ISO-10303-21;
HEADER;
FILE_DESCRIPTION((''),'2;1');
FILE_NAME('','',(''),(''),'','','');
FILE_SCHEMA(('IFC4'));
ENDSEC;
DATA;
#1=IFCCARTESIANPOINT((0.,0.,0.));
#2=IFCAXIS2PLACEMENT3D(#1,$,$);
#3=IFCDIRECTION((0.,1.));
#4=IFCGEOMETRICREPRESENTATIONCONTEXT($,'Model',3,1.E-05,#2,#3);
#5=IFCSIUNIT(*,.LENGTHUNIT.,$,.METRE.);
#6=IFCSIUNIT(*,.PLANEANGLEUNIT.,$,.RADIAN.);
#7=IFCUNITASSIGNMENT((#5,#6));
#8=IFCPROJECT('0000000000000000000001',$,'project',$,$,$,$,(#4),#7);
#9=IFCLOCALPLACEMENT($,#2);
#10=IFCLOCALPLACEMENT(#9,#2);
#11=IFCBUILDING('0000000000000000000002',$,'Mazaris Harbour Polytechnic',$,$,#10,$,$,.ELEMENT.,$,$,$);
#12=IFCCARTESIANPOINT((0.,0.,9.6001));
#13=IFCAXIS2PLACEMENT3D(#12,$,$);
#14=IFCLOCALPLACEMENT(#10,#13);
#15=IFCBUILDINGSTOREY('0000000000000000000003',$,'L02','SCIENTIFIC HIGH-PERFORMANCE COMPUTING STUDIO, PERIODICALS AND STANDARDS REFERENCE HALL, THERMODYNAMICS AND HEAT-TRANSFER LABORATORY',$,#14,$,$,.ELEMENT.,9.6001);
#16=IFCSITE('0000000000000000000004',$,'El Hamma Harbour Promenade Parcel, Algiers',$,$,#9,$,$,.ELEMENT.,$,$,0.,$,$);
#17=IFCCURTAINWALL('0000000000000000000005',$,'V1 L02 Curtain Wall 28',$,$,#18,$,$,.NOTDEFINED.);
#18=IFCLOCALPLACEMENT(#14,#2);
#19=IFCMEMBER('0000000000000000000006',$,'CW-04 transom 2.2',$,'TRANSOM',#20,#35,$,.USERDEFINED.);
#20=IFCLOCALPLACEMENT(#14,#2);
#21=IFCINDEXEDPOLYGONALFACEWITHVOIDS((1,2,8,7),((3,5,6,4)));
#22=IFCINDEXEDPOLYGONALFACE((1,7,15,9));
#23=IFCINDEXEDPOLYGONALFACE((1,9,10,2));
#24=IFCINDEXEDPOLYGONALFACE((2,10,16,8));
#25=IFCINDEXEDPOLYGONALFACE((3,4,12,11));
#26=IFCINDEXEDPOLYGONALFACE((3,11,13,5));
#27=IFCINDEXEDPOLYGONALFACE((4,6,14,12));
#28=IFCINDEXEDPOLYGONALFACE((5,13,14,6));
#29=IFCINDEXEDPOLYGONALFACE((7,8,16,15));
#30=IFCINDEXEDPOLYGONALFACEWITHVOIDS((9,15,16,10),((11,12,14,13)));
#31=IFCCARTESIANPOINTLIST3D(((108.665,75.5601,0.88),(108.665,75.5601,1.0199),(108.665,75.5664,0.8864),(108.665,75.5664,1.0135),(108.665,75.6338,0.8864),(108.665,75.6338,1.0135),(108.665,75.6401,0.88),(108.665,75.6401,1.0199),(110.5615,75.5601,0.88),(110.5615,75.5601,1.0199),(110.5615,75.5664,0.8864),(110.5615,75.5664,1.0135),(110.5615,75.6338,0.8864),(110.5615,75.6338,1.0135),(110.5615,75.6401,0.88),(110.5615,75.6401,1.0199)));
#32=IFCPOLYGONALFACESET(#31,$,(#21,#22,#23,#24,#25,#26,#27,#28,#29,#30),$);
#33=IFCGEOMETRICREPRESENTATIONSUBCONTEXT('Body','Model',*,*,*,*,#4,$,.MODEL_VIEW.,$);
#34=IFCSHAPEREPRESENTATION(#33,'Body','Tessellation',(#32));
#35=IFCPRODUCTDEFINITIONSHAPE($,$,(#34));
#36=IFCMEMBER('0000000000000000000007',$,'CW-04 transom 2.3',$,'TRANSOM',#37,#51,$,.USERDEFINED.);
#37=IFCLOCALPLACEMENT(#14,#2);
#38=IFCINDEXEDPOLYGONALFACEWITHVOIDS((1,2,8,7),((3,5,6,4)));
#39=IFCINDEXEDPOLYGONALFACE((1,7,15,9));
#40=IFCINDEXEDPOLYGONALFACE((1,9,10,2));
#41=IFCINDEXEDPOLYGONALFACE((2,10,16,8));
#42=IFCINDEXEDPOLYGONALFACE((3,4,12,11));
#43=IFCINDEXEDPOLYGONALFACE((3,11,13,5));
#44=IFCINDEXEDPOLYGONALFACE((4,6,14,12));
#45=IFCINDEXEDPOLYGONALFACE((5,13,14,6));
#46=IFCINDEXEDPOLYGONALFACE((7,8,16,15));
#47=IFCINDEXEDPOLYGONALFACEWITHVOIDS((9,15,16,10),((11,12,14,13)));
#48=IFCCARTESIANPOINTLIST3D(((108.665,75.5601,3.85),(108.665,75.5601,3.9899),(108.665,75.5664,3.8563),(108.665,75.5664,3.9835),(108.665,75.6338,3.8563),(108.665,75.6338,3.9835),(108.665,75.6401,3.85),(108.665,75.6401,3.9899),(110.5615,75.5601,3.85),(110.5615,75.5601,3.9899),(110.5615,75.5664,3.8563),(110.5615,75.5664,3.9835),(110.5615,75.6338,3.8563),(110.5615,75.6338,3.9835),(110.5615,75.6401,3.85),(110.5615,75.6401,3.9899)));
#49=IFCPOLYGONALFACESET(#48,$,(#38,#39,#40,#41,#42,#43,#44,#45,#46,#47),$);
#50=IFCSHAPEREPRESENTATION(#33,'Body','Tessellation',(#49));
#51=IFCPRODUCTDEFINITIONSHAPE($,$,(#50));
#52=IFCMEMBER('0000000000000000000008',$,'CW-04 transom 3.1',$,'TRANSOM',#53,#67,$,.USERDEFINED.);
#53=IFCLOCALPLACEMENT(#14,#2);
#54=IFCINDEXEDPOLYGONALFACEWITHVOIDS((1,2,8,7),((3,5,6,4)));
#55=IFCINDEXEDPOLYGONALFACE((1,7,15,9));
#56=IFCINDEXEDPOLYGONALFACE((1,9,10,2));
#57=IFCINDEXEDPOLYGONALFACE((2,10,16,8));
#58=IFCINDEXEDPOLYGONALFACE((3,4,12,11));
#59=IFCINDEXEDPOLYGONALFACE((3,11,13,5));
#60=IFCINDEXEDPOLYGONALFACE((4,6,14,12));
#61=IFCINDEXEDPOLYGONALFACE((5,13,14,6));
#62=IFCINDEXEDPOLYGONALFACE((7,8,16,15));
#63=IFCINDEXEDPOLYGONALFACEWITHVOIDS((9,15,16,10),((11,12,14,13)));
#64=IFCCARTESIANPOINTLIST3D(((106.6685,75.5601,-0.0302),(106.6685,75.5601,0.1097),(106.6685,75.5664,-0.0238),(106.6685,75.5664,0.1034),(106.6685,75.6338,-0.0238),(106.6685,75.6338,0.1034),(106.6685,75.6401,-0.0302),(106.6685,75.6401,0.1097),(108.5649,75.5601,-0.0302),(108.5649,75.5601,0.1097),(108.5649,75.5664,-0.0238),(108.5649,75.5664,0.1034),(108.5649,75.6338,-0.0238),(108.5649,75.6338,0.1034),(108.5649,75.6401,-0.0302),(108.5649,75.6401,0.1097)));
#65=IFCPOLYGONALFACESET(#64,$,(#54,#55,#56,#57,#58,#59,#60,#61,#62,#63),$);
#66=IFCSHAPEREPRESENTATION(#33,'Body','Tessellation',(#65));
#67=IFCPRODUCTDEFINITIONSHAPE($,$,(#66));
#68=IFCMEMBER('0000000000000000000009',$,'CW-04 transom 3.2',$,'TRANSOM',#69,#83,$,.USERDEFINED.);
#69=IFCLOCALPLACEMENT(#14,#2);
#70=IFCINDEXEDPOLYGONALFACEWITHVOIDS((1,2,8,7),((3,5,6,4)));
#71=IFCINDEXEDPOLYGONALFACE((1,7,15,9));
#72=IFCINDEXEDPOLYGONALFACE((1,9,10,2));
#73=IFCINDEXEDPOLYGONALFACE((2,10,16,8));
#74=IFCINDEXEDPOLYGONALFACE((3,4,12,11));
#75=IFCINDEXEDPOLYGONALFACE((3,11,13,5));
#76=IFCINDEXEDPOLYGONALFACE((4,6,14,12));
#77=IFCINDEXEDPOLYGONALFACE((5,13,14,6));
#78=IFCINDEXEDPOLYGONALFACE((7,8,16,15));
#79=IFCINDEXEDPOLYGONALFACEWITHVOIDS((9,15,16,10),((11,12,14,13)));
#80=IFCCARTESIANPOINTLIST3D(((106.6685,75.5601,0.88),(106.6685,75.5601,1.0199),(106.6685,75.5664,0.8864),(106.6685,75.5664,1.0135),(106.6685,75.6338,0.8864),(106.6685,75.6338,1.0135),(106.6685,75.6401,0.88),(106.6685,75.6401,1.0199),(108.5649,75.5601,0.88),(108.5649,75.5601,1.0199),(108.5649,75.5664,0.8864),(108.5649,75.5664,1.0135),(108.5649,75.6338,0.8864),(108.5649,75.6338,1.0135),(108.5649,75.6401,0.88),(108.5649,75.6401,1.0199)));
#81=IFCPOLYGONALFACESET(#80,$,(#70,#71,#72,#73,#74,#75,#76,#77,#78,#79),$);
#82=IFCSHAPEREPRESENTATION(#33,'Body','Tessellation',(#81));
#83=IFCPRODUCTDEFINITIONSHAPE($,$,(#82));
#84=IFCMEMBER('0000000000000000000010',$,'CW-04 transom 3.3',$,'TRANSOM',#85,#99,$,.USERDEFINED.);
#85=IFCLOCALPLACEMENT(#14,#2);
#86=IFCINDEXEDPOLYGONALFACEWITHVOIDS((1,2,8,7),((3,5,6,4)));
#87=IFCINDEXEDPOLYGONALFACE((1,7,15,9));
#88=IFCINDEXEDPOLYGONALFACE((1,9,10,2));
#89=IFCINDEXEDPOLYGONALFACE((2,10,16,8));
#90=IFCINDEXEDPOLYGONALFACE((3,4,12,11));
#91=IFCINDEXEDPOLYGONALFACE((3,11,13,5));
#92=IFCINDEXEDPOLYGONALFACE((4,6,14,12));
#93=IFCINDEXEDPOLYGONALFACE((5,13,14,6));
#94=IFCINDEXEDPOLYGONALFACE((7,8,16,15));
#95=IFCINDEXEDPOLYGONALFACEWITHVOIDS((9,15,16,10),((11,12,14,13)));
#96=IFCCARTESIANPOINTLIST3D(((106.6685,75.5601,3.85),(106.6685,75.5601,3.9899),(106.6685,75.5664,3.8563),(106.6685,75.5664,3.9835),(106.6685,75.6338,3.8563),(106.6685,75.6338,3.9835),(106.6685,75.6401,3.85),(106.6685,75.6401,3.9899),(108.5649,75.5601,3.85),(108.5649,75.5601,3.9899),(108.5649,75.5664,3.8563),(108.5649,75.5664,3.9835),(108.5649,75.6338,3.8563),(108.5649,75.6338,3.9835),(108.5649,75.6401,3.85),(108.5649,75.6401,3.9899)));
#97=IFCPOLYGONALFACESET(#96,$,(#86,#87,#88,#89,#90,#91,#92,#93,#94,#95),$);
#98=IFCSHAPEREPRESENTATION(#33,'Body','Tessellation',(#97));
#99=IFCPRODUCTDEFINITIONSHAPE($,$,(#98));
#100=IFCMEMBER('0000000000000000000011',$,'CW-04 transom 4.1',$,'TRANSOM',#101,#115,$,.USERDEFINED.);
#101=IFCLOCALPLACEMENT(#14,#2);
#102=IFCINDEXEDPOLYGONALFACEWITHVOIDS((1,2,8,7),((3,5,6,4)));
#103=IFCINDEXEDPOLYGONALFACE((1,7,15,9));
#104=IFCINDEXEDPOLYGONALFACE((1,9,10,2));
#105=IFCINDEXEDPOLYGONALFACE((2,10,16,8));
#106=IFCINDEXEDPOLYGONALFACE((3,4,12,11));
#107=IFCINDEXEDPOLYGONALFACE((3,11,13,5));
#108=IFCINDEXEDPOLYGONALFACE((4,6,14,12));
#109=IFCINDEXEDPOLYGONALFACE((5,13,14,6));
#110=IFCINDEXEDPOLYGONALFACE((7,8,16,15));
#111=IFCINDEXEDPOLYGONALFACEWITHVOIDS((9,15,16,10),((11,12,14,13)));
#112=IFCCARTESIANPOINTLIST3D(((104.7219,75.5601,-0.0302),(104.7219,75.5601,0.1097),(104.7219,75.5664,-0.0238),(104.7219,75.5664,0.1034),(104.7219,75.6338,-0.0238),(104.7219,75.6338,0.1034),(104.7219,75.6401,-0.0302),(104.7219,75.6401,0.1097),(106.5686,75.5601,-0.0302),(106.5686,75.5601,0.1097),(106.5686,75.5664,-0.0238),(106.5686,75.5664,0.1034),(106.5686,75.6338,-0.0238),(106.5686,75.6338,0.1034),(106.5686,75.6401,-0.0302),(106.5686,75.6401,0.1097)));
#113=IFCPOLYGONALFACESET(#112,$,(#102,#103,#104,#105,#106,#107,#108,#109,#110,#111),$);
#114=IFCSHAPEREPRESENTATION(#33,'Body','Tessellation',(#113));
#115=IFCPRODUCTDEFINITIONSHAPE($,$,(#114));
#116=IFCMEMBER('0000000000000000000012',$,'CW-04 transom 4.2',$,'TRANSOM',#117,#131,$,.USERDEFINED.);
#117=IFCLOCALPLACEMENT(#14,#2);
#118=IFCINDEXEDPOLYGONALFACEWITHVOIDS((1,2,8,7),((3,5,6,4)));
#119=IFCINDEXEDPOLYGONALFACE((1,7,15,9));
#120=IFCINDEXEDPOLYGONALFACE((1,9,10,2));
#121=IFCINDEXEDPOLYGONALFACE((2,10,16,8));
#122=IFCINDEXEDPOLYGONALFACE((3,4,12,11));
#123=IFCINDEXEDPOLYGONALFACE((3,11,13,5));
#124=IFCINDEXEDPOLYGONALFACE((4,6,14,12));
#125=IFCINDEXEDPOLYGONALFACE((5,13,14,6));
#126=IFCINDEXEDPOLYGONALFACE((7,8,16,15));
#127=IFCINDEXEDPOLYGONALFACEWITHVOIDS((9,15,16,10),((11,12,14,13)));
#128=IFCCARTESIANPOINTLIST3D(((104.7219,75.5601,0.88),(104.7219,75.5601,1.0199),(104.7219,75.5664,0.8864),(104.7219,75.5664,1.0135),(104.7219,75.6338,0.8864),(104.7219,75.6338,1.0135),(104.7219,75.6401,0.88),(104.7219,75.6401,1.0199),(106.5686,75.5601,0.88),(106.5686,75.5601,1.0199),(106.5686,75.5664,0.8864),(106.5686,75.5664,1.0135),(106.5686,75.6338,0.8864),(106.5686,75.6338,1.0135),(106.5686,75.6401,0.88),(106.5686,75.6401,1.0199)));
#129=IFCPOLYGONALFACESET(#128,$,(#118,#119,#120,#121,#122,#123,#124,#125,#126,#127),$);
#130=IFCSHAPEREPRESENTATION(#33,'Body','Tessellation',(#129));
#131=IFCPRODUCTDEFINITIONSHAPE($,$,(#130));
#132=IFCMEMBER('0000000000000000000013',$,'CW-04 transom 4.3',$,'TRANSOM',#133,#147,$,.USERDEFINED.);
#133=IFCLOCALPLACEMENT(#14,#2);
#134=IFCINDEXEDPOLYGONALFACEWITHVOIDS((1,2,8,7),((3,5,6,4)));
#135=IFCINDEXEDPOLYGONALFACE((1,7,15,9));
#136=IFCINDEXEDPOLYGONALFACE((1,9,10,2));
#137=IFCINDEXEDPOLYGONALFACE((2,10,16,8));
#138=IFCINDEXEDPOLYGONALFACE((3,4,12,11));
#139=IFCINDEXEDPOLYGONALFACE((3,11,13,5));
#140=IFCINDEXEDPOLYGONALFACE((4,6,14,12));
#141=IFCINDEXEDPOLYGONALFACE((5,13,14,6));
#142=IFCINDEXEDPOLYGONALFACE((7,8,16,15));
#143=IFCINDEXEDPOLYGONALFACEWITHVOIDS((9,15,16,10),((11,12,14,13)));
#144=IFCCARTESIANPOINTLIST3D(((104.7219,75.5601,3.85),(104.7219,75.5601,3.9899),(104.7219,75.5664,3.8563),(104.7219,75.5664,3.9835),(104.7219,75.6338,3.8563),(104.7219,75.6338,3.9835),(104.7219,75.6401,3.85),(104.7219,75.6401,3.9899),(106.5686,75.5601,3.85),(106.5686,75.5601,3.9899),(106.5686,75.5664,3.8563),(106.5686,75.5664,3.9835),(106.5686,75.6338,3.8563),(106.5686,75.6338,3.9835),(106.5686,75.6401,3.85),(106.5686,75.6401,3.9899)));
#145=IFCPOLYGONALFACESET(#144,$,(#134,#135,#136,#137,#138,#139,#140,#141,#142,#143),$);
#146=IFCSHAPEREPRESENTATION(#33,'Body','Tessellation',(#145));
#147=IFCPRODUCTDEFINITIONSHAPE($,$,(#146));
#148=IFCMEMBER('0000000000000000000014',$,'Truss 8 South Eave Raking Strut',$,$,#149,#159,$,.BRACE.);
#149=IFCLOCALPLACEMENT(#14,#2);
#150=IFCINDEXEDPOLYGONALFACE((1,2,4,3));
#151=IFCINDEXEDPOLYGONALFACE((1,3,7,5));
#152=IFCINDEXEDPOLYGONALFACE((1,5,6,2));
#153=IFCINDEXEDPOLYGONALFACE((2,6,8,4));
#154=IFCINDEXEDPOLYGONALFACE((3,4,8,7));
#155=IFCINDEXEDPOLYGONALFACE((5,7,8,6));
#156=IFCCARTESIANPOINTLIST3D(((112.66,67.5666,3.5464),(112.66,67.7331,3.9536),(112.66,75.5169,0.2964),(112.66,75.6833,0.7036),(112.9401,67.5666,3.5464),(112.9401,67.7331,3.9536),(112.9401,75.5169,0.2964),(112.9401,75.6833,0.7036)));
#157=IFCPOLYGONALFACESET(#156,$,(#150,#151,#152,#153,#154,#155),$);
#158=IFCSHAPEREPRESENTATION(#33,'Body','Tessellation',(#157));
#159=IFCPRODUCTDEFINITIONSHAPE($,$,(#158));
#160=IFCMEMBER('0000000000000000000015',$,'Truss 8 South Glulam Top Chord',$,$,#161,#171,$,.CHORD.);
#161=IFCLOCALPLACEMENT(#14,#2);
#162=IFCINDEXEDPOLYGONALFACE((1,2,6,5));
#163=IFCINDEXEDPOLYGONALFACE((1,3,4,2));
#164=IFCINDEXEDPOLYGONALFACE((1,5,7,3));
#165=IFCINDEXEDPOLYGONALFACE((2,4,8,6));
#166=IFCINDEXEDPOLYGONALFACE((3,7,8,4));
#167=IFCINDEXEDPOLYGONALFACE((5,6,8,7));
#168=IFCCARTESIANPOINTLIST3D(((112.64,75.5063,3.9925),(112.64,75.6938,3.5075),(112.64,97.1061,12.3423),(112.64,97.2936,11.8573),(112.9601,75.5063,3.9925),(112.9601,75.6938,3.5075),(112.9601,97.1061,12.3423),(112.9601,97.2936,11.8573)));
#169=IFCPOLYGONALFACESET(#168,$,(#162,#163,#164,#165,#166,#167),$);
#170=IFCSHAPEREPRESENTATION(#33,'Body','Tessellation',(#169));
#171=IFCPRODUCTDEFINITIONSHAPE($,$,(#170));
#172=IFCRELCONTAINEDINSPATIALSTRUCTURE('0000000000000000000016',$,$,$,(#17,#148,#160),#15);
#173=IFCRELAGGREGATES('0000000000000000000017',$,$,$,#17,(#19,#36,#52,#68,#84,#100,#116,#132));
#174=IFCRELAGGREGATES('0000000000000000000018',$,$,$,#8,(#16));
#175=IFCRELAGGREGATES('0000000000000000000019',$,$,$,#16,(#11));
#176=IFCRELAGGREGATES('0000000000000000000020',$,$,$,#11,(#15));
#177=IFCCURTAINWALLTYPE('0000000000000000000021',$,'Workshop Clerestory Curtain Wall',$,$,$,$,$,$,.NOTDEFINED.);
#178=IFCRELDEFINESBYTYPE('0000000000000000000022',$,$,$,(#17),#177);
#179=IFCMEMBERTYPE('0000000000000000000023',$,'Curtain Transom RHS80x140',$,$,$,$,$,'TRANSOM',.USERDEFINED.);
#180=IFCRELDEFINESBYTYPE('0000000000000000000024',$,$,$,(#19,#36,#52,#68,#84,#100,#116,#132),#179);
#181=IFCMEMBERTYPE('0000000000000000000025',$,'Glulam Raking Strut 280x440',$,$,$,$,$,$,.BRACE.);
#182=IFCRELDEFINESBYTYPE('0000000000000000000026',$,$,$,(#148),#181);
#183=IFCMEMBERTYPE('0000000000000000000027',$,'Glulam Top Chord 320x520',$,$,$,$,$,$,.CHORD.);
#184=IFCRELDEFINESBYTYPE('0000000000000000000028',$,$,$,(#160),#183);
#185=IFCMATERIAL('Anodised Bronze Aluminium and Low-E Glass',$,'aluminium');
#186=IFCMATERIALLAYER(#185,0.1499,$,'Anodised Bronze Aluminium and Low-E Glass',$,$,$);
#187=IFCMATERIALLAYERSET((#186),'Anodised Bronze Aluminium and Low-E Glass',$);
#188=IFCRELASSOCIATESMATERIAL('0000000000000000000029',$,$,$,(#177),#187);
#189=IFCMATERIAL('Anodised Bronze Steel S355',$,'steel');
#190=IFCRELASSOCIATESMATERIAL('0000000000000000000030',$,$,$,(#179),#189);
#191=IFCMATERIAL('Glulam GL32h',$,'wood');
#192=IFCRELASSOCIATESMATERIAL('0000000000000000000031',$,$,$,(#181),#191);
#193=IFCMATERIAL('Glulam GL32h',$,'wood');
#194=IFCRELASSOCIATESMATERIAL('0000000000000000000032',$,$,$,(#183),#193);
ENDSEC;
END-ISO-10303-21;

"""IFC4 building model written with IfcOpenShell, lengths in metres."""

from ifc_helpers import new_model, si_unit, direction, frame, origin, origin_2d, place, context, subcontext, project, spatial, rectangle, hollow_rectangle, extrude, material, layer, layer_set, material_profile, profile_set, type_object, element, aggregate, save


model = new_model("IFC4")

# Units and contexts
model_context = context("Model", 3, precision=1e-05, world=origin(), true_north=direction((0.0, 1.0)))
body_context = subcontext(model_context, "Body", "Model", "MODEL_VIEW")
ifc_project = project(units=[si_unit("LENGTHUNIT", "METRE"), si_unit("PLANEANGLEUNIT", "RADIAN")], contexts=[model_context])

# Site, building, storey
site_placement = place(None, origin())
site = spatial("IfcSite", under=ifc_project, at=site_placement, Name="El Hamma Harbour Promenade Parcel, Algiers", CompositionType="ELEMENT", RefElevation=0.0)
building_placement = place(site_placement, origin())
building = spatial("IfcBuilding", under=site, at=building_placement, Name="Mazaris Harbour Polytechnic", CompositionType="ELEMENT")
storey_placement = place(building_placement, frame((0.0, 0.0, 9.6001)))
storey = spatial("IfcBuildingStorey", under=building, at=storey_placement, Name="L02", Description="SCIENTIFIC HIGH-PERFORMANCE COMPUTING STUDIO, PERIODICALS AND STANDARDS REFERENCE HALL, THERMODYNAMICS AND HEAT-TRANSFER LABORATORY", CompositionType="ELEMENT", Elevation=9.6001)

# Curtain wall
ifc_material_1 = material(Name="Anodised Bronze Aluminium and Low-E Glass", Category="aluminium")
ifc_layer_1 = layer(ifc_material_1, 0.1499, Name="Anodised Bronze Aluminium and Low-E Glass")
ifc_layer_set_1 = layer_set([ifc_layer_1], Name="Anodised Bronze Aluminium and Low-E Glass")
curtain_wall_type_1 = type_object("IfcCurtainWallType", Name="Workshop Clerestory Curtain Wall", PredefinedType="NOTDEFINED", material=ifc_layer_set_1)
curtain_wall_1_placement = place(storey_placement, origin())
curtain_wall_1 = element("IfcCurtainWall", 1, at=curtain_wall_1_placement, inside=storey, type_object=curtain_wall_type_1, Name="V1 L02 Curtain Wall 28", PredefinedType="NOTDEFINED")

# Members
ifc_material_2 = material(Name="Anodised Bronze Steel S355", Category="steel")
ifc_material_profile_1 = material_profile(ifc_material_2, hollow_rectangle(XDim=0.0801, YDim=0.1399, WallThickness=0.0063, at=origin_2d()), Name="RHS 80x140x6.3")
ifc_profile_set_1 = profile_set([ifc_material_profile_1], Name="Anodised Bronze Steel S355")
member_type_1 = type_object("IfcMemberType", Name="Curtain Transom RHS80x140", ElementType="TRANSOM", PredefinedType="USERDEFINED", material=ifc_profile_set_1)
member_1_placement = place(storey_placement, frame((110.5615, 75.6001, 0.95), z_axis=(-1.0, 0.0, 0.0), x_axis=(0.0, -1.0, 0.0)))
member_1 = element("IfcMember", 2, at=member_1_placement, type_object=member_type_1, Name="CW-04 transom 2.2", ObjectType="TRANSOM", PredefinedType="USERDEFINED", context=body_context, shape_type="SweptSolid", body=[
    extrude(hollow_rectangle(XDim=0.0801, YDim=0.1399, WallThickness=0.0063, at=origin_2d()), origin(), (0.0, 0.0, 1.0), 1.8965),
])
member_2_placement = place(storey_placement, frame((110.5615, 75.6001, 3.9199), z_axis=(-1.0, 0.0, 0.0), x_axis=(0.0, -1.0, 0.0)))
member_2 = element("IfcMember", 3, at=member_2_placement, type_object=member_type_1, Name="CW-04 transom 2.3", ObjectType="TRANSOM", PredefinedType="USERDEFINED", context=body_context, shape_type="SweptSolid", body=[
    extrude(hollow_rectangle(XDim=0.0801, YDim=0.1399, WallThickness=0.0063, at=origin_2d()), origin(), (0.0, 0.0, 1.0), 1.8965),
])
member_3_placement = place(storey_placement, frame((108.5649, 75.6001, 0.0398), z_axis=(-1.0, 0.0, 0.0), x_axis=(0.0, -1.0, 0.0)))
member_3 = element("IfcMember", 4, at=member_3_placement, type_object=member_type_1, Name="CW-04 transom 3.1", ObjectType="TRANSOM", PredefinedType="USERDEFINED", context=body_context, shape_type="SweptSolid", body=[
    extrude(hollow_rectangle(XDim=0.0801, YDim=0.1399, WallThickness=0.0063, at=origin_2d()), origin(), (0.0, 0.0, 1.0), 1.8965),
])
member_4_placement = place(storey_placement, frame((108.5649, 75.6001, 0.95), z_axis=(-1.0, 0.0, 0.0), x_axis=(0.0, -1.0, 0.0)))
member_4 = element("IfcMember", 5, at=member_4_placement, type_object=member_type_1, Name="CW-04 transom 3.2", ObjectType="TRANSOM", PredefinedType="USERDEFINED", context=body_context, shape_type="SweptSolid", body=[
    extrude(hollow_rectangle(XDim=0.0801, YDim=0.1399, WallThickness=0.0063, at=origin_2d()), origin(), (0.0, 0.0, 1.0), 1.8965),
])
member_5_placement = place(storey_placement, frame((108.5649, 75.6001, 3.9199), z_axis=(-1.0, 0.0, 0.0), x_axis=(0.0, -1.0, 0.0)))
member_5 = element("IfcMember", 6, at=member_5_placement, type_object=member_type_1, Name="CW-04 transom 3.3", ObjectType="TRANSOM", PredefinedType="USERDEFINED", context=body_context, shape_type="SweptSolid", body=[
    extrude(hollow_rectangle(XDim=0.0801, YDim=0.1399, WallThickness=0.0063, at=origin_2d()), origin(), (0.0, 0.0, 1.0), 1.8965),
])
member_6_placement = place(storey_placement, frame((106.5686, 75.6001, 0.0398), z_axis=(-1.0, 0.0, 0.0), x_axis=(0.0, -1.0, 0.0)))
member_6 = element("IfcMember", 7, at=member_6_placement, type_object=member_type_1, Name="CW-04 transom 4.1", ObjectType="TRANSOM", PredefinedType="USERDEFINED", context=body_context, shape_type="SweptSolid", body=[
    extrude(hollow_rectangle(XDim=0.0801, YDim=0.1399, WallThickness=0.0063, at=origin_2d()), origin(), (0.0, 0.0, 1.0), 1.8467),
])
member_7_placement = place(storey_placement, frame((106.5686, 75.6001, 0.95), z_axis=(-1.0, 0.0, 0.0), x_axis=(0.0, -1.0, 0.0)))
member_7 = element("IfcMember", 8, at=member_7_placement, type_object=member_type_1, Name="CW-04 transom 4.2", ObjectType="TRANSOM", PredefinedType="USERDEFINED", context=body_context, shape_type="SweptSolid", body=[
    extrude(hollow_rectangle(XDim=0.0801, YDim=0.1399, WallThickness=0.0063, at=origin_2d()), origin(), (0.0, 0.0, 1.0), 1.8467),
])
member_8_placement = place(storey_placement, frame((106.5686, 75.6001, 3.9199), z_axis=(-1.0, 0.0, 0.0), x_axis=(0.0, -1.0, 0.0)))
member_8 = element("IfcMember", 9, at=member_8_placement, type_object=member_type_1, Name="CW-04 transom 4.3", ObjectType="TRANSOM", PredefinedType="USERDEFINED", context=body_context, shape_type="SweptSolid", body=[
    extrude(hollow_rectangle(XDim=0.0801, YDim=0.1399, WallThickness=0.0063, at=origin_2d()), origin(), (0.0, 0.0, 1.0), 1.8467),
])

# Members
ifc_material_3 = material(Name="Glulam GL32h", Category="wood")
ifc_material_profile_2 = material_profile(ifc_material_3, rectangle(XDim=0.28, YDim=0.4399, at=origin_2d()), Name="RECT280x440")
ifc_profile_set_2 = profile_set([ifc_material_profile_2], Name="Glulam GL32h")
member_type_2 = type_object("IfcMemberType", Name="Glulam Raking Strut 280x440", PredefinedType="BRACE", material=ifc_profile_set_2)
member_9_placement = place(storey_placement, frame((112.8, 75.6001, 0.5), z_axis=(0.0, -0.925643, 0.378398), x_axis=(1.0, 0.0, 0.0)))
element("IfcMember", 10, at=member_9_placement, inside=storey, type_object=member_type_2, Name="Truss 8 South Eave Raking Strut", PredefinedType="BRACE", context=body_context, shape_type="SweptSolid", body=[
    extrude(rectangle(XDim=0.28, YDim=0.4399, at=origin_2d()), origin(), (0.0, 0.0, 1.0), 8.5889),
])
ifc_material_4 = material(Name="Glulam GL32h", Category="wood")
ifc_material_profile_3 = material_profile(ifc_material_4, rectangle(XDim=0.3201, YDim=0.52, at=origin_2d()), Name="RECT320x520")
ifc_profile_set_3 = profile_set([ifc_material_profile_3], Name="Glulam GL32h")
member_type_3 = type_object("IfcMemberType", Name="Glulam Top Chord 320x520", PredefinedType="CHORD", material=ifc_profile_set_3)
member_10_placement = place(storey_placement, frame((112.8, 75.6001, 3.75), z_axis=(0.0, 0.932733, 0.360567), x_axis=(-1.0, 0.0, 0.0)))
element("IfcMember", 11, at=member_10_placement, inside=storey, type_object=member_type_3, Name="Truss 8 South Glulam Top Chord", PredefinedType="CHORD", context=body_context, shape_type="SweptSolid", body=[
    extrude(rectangle(XDim=0.3201, YDim=0.52, at=origin_2d()), origin(), (0.0, 0.0, 1.0), 23.1575),
])

aggregate(curtain_wall_1, [member_1, member_2, member_3, member_4, member_5, member_6, member_7, member_8])

save(model, "model.ifc")
